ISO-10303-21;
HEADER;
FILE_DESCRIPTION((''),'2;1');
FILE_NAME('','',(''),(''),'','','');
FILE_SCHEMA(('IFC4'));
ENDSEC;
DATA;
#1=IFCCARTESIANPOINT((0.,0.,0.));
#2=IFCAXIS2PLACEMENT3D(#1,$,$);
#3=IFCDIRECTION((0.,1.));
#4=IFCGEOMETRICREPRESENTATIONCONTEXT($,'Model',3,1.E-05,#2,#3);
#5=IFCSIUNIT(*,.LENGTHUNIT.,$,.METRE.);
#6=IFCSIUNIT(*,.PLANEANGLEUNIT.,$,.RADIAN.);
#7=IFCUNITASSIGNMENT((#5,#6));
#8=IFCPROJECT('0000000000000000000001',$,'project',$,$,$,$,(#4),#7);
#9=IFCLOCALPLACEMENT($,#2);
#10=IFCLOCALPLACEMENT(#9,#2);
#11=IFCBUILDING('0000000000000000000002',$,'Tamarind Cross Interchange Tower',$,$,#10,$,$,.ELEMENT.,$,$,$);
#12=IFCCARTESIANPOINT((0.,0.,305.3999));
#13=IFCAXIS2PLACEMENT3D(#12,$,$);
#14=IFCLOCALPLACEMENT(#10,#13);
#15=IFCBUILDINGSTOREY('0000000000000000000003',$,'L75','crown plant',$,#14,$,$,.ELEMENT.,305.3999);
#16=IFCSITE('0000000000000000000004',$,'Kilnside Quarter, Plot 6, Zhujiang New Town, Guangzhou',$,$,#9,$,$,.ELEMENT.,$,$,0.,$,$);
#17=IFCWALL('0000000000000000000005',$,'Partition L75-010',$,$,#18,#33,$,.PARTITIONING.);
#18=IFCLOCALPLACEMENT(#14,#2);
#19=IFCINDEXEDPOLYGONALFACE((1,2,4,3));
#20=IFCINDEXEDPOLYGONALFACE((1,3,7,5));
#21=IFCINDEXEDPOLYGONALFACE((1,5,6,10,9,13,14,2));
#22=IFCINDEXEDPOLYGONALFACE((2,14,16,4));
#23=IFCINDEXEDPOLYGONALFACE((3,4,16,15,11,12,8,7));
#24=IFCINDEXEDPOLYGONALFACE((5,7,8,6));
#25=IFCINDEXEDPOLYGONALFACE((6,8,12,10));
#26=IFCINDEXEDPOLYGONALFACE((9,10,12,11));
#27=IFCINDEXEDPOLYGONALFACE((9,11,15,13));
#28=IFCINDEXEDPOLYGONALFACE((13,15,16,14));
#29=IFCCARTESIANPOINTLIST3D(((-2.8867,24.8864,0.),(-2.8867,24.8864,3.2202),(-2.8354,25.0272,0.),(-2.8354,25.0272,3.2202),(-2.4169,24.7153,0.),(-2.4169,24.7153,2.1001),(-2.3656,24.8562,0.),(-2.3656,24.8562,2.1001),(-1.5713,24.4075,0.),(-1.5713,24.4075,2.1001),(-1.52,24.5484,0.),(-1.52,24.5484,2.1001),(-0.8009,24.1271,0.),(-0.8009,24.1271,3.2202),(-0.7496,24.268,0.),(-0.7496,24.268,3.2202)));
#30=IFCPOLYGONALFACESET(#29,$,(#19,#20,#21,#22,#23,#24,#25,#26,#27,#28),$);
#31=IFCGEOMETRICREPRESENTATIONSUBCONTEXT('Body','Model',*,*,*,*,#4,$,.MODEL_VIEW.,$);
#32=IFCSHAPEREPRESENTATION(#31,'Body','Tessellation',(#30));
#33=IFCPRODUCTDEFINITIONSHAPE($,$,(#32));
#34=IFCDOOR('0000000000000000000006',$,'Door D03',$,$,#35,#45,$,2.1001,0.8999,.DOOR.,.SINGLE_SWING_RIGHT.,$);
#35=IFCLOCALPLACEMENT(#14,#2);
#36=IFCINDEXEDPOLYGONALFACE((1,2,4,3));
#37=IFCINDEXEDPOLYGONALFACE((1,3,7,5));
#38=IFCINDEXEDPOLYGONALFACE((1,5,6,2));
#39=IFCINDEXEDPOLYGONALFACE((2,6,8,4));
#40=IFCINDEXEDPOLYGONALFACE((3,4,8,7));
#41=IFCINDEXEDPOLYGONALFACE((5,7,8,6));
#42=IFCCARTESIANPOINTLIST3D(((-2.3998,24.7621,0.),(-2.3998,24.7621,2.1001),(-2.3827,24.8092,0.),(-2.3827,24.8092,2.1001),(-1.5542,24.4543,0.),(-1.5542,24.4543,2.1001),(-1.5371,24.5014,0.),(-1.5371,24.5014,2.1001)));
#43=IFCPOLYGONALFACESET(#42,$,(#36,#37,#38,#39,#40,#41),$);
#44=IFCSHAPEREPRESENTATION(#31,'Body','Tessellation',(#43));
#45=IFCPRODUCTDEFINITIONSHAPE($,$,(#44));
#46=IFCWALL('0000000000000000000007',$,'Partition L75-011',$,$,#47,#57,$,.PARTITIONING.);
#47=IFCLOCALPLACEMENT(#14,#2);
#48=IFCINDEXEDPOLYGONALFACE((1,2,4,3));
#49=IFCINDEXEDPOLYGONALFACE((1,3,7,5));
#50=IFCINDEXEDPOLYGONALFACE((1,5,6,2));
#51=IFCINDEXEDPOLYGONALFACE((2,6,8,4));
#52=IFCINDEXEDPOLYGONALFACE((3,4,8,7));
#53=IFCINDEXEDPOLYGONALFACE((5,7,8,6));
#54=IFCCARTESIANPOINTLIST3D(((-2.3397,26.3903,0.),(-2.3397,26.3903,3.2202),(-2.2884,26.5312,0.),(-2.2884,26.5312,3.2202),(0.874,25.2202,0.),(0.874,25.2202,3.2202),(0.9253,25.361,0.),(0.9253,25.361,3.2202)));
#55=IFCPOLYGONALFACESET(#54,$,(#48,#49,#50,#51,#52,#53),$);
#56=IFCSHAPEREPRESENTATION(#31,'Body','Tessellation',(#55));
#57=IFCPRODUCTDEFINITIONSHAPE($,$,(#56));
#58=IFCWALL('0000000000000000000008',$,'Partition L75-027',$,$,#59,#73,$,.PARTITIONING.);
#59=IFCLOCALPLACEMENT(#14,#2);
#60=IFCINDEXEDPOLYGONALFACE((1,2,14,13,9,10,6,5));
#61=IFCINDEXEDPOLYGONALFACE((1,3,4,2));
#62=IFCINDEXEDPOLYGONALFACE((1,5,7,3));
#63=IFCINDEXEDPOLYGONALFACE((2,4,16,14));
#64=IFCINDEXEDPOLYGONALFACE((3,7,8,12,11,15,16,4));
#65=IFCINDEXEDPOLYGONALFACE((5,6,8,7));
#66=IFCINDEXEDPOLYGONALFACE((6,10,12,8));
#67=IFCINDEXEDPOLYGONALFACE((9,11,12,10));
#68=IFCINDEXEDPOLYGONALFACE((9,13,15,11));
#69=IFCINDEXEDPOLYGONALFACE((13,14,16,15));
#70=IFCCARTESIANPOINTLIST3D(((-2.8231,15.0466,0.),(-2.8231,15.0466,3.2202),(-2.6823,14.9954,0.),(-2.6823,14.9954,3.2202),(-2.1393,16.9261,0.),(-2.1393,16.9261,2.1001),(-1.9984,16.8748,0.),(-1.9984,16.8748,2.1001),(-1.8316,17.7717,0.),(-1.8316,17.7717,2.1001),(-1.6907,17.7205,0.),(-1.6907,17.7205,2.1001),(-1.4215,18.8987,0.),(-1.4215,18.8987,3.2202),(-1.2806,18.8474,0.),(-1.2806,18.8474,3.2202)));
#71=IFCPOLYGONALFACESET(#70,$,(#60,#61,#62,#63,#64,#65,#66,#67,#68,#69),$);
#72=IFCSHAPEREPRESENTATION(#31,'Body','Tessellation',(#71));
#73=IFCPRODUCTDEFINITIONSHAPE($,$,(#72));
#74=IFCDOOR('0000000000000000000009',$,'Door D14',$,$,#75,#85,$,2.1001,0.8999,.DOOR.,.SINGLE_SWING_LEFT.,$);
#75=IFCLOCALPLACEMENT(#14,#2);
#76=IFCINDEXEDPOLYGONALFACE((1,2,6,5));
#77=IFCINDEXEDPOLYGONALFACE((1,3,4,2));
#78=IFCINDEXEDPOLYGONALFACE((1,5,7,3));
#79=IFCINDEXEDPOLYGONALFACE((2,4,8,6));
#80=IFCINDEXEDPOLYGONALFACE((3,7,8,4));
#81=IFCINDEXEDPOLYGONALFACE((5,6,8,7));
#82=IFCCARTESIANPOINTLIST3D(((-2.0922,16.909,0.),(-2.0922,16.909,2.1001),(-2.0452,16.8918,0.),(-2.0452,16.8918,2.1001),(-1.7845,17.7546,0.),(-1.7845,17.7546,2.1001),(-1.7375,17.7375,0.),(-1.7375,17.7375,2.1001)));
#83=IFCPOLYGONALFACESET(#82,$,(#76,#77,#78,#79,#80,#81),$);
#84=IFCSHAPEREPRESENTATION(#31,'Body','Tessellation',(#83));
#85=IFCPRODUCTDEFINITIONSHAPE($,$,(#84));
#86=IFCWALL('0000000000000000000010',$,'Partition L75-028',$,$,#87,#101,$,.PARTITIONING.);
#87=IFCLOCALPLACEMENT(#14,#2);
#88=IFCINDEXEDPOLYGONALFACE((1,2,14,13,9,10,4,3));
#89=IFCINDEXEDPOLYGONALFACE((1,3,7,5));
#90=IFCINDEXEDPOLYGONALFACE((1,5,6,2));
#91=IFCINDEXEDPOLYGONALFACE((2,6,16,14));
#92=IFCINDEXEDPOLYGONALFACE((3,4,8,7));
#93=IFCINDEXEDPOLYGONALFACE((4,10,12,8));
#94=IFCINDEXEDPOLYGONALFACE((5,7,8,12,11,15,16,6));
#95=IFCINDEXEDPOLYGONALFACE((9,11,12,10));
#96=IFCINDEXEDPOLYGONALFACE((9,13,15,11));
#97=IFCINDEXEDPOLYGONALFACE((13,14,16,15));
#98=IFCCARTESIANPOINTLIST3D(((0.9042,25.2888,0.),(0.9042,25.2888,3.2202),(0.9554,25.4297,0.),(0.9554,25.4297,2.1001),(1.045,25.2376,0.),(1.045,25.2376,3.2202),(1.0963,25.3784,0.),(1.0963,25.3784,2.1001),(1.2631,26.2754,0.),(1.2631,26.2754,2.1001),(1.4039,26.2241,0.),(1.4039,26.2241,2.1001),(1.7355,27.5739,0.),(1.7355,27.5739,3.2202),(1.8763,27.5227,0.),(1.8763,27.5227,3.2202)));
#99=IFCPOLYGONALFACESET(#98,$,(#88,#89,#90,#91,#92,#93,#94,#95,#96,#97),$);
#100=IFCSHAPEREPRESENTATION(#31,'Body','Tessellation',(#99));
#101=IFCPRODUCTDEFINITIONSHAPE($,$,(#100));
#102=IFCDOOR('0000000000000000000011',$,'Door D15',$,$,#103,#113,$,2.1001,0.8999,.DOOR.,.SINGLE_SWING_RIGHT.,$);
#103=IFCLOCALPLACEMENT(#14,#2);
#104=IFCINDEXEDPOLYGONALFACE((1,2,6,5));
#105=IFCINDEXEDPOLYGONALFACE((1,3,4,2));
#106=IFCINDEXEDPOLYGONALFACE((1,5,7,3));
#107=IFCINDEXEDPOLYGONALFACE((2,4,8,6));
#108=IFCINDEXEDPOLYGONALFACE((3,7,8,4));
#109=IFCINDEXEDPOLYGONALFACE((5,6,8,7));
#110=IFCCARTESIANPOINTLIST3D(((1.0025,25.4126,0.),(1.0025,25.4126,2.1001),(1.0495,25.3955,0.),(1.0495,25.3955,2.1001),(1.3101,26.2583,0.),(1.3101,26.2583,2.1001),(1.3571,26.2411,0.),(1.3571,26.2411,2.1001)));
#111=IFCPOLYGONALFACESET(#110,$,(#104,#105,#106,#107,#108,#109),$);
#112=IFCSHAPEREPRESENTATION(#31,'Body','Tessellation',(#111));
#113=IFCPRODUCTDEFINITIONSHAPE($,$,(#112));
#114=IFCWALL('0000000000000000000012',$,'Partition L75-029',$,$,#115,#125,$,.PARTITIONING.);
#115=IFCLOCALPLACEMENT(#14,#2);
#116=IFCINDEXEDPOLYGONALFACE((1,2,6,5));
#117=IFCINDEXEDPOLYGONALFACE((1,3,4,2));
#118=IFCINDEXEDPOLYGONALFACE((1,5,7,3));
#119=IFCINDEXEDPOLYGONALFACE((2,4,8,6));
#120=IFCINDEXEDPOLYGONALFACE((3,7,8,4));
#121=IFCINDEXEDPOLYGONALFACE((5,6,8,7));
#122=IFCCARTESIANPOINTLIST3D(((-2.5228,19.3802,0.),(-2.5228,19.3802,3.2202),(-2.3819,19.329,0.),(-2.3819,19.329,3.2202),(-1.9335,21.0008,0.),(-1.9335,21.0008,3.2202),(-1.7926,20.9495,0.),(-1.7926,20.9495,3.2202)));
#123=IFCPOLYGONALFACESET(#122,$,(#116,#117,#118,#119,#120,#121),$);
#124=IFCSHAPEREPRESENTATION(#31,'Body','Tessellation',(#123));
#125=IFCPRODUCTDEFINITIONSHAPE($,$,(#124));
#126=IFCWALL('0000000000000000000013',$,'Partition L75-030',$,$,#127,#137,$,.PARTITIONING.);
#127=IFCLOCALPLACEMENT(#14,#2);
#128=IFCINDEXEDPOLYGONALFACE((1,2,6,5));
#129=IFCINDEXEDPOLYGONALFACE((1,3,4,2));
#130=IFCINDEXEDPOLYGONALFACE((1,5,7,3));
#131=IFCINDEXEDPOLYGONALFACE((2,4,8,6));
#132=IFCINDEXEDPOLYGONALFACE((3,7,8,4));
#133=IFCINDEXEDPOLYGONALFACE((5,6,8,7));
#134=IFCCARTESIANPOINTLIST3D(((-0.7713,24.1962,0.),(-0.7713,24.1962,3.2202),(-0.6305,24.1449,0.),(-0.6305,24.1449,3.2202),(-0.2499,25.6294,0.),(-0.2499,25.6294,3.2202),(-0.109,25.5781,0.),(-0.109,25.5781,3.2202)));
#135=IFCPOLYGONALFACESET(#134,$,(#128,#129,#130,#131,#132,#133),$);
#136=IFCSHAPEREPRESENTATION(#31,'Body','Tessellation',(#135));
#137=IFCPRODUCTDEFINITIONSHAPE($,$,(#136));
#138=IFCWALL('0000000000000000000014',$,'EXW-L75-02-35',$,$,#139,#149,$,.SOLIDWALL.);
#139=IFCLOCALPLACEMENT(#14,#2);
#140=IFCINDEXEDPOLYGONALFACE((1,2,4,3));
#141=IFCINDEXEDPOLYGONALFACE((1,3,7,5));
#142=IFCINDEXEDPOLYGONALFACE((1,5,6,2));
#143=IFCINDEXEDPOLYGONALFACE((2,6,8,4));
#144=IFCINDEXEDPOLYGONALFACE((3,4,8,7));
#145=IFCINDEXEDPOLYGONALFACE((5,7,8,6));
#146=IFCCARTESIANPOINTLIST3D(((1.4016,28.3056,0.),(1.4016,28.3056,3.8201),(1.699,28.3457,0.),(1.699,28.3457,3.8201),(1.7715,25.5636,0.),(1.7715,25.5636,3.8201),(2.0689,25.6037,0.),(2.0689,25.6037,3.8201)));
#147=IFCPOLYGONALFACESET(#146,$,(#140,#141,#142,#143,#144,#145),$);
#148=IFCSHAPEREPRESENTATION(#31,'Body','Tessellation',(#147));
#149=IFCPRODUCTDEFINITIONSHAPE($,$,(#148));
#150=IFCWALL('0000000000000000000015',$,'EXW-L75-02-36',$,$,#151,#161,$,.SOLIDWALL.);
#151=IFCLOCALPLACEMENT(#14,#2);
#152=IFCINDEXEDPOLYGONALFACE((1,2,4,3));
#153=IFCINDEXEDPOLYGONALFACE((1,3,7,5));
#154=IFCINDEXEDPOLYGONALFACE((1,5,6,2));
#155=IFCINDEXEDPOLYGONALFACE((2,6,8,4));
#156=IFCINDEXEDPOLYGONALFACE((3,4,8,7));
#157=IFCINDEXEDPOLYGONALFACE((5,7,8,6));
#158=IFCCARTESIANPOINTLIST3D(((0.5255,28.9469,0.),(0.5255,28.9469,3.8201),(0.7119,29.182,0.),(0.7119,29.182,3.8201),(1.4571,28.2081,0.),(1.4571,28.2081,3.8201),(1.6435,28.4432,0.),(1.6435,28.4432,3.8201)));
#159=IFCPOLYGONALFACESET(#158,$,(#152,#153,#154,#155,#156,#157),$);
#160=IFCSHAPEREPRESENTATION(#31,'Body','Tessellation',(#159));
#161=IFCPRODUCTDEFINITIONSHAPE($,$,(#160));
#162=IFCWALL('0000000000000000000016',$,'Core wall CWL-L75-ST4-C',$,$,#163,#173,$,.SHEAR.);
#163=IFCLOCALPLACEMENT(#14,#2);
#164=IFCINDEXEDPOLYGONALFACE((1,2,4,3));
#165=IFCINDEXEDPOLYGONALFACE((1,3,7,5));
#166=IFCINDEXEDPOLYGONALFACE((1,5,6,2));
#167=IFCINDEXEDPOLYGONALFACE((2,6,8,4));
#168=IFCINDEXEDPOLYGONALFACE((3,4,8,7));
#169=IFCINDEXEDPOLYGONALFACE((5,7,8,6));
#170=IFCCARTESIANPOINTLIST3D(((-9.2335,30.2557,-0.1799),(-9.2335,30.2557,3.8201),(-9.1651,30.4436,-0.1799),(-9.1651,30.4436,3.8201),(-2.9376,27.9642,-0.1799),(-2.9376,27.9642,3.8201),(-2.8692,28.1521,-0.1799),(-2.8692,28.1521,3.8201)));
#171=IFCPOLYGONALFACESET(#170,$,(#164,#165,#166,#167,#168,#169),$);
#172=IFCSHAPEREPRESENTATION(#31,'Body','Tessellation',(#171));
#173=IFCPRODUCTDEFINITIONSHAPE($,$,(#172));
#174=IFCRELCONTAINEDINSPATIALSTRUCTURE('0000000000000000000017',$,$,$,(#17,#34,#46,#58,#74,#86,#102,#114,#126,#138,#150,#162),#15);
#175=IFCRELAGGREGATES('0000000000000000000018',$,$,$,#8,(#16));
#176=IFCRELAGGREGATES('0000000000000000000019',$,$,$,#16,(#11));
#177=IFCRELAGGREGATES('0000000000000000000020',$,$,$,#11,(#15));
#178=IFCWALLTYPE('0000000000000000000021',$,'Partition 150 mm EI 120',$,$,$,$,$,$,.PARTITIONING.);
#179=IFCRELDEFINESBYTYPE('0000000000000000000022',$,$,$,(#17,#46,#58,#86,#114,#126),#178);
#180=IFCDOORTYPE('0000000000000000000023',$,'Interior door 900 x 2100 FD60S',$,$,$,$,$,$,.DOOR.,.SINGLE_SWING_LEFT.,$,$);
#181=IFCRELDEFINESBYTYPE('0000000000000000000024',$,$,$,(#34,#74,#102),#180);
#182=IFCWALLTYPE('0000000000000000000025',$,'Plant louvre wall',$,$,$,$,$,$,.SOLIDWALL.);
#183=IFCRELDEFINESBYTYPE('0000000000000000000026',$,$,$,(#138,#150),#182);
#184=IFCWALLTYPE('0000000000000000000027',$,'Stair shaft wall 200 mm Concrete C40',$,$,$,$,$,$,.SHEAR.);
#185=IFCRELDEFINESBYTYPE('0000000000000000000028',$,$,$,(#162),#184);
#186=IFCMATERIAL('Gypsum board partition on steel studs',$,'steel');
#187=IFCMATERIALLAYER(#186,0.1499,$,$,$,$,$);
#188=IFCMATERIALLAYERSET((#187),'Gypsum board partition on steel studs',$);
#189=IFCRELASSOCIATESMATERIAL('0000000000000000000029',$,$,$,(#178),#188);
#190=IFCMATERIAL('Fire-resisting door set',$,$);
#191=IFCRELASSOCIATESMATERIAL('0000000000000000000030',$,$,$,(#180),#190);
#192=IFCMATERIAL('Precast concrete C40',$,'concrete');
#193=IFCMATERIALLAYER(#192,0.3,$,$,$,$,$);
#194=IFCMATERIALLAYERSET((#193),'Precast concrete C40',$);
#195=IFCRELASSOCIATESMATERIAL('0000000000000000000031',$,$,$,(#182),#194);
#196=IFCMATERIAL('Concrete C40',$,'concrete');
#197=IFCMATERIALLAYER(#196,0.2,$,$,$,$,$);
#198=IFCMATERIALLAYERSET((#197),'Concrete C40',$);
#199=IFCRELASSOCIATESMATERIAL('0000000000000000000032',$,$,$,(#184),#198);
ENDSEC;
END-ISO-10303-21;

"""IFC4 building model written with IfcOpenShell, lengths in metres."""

from ifc_helpers import new_model, si_unit, direction, frame, frame_2d, origin, place, context, subcontext, project, spatial, rectangle, extrude, material, layer, layer_set, type_object, element, fill, save


model = new_model("IFC4")

# Units and contexts
model_context = context("Model", 3, precision=1e-05, world=origin(), true_north=direction((0.0, 1.0)))
body_context = subcontext(model_context, "Body", "Model", "MODEL_VIEW")
ifc_project = project(units=[si_unit("LENGTHUNIT", "METRE"), si_unit("PLANEANGLEUNIT", "RADIAN")], contexts=[model_context])

# Site, building, storey
site_placement = place(None, origin())
site = spatial("IfcSite", under=ifc_project, at=site_placement, Name="Kilnside Quarter, Plot 6, Zhujiang New Town, Guangzhou", CompositionType="ELEMENT", RefElevation=0.0)
building_placement = place(site_placement, origin())
building = spatial("IfcBuilding", under=site, at=building_placement, Name="Tamarind Cross Interchange Tower", CompositionType="ELEMENT")
storey_placement = place(building_placement, frame((0.0, 0.0, 305.3999)))
storey = spatial("IfcBuildingStorey", under=building, at=storey_placement, Name="L75", Description="crown plant", CompositionType="ELEMENT", Elevation=305.3999)

# Wall, opening, door
ifc_material_1 = material(Name="Gypsum board partition on steel studs", Category="steel")
ifc_layer_1 = layer(ifc_material_1, 0.1499)
ifc_layer_set_1 = layer_set([ifc_layer_1], Name="Gypsum board partition on steel studs")
wall_type_1 = type_object("IfcWallType", Name="Partition 150 mm EI 120", PredefinedType="PARTITIONING", material=ifc_layer_set_1)
wall_1_placement = place(storey_placement, frame((-2.8611, 24.9568, 0.0), z_axis=(0.0, 0.0, 1.0), x_axis=(0.939684, -0.342043, 0.0)))
wall_1 = element("IfcWall", 1, at=wall_1_placement, inside=storey, type_object=wall_type_1, Name="Partition L75-010", PredefinedType="PARTITIONING", context=body_context, shape_type="SweptSolid", body=[
    extrude(rectangle(XDim=2.2197, YDim=0.1499, at=frame_2d((1.1099, 0.0))), origin(), (0.0, 0.0, 1.0), 3.2202),
])
opening_1_placement = place(wall_1_placement, frame((0.5, 0.0, 0.0)))
opening_1 = element("IfcOpeningElement", 2, at=opening_1_placement, cuts=wall_1, PredefinedType="OPENING", context=body_context, shape_type="SweptSolid", body=[
    extrude(rectangle(XDim=0.8999, YDim=2.1001, at=frame_2d((0.45, 1.05))), frame((0.0, 0.085, 0.0), z_axis=(0.0, -1.0, 0.0), x_axis=(1.0, 0.0, 0.0)), (0.0, 0.0, 1.0), 0.1699),
])
ifc_material_2 = material(Name="Fire-resisting door set")
door_type = type_object("IfcDoorType", Name="Interior door 900 x 2100 FD60S", OperationType="SINGLE_SWING_LEFT", PredefinedType="DOOR", material=ifc_material_2)
door_1_placement = place(opening_1_placement, origin())
door_1 = element("IfcDoor", 3, at=door_1_placement, inside=storey, type_object=door_type, Name="Door D03", OperationType="SINGLE_SWING_RIGHT", OverallHeight=2.1001, OverallWidth=0.8999, PredefinedType="DOOR", context=body_context, shape_type="SweptSolid", body=[
    extrude(rectangle(XDim=0.8999, YDim=2.1001, at=frame_2d((0.45, 1.05))), frame((0.0, 0.0249, 0.0), z_axis=(0.0, -1.0, 0.0), x_axis=(1.0, 0.0, 0.0)), (0.0, 0.0, 1.0), 0.05),
])
fill(opening_1, door_1)

# Wall
wall_2_placement = place(storey_placement, frame((-2.314, 26.4607, 0.0), z_axis=(0.0, 0.0, 1.0), x_axis=(0.939654, -0.342127, 0.0)))
element("IfcWall", 4, at=wall_2_placement, inside=storey, type_object=wall_type_1, Name="Partition L75-011", PredefinedType="PARTITIONING", context=body_context, shape_type="SweptSolid", body=[
    extrude(rectangle(XDim=3.4202, YDim=0.1499, at=frame_2d((1.71, 0.0))), origin(), (0.0, 0.0, 1.0), 3.2202),
])

# Walls, openings, doors
wall_3_placement = place(storey_placement, frame((-2.7527, 15.021, 0.0), z_axis=(0.0, 0.0, 1.0), x_axis=(0.34193, 0.939726, 0.0)))
wall_3 = element("IfcWall", 5, at=wall_3_placement, inside=storey, type_object=wall_type_1, Name="Partition L75-027", PredefinedType="PARTITIONING", context=body_context, shape_type="SweptSolid", body=[
    extrude(rectangle(XDim=4.0991, YDim=0.1499, at=frame_2d((2.0496, 0.0))), origin(), (0.0, 0.0, 1.0), 3.2202),
])
opening_2_placement = place(wall_3_placement, frame((2.0, 0.0, 0.0)))
opening_2 = element("IfcOpeningElement", 6, at=opening_2_placement, cuts=wall_3, PredefinedType="OPENING", context=body_context, shape_type="SweptSolid", body=[
    extrude(rectangle(XDim=0.8999, YDim=2.1001, at=frame_2d((0.45, 1.05))), frame((0.0, 0.085, 0.0), z_axis=(0.0, -1.0, 0.0), x_axis=(1.0, 0.0, 0.0)), (0.0, 0.0, 1.0), 0.1699),
])
door_2_placement = place(opening_2_placement, origin())
door_2 = element("IfcDoor", 7, at=door_2_placement, inside=storey, type_object=door_type, Name="Door D14", OperationType="SINGLE_SWING_LEFT", OverallHeight=2.1001, OverallWidth=0.8999, PredefinedType="DOOR", context=body_context, shape_type="SweptSolid", body=[
    extrude(rectangle(XDim=0.8999, YDim=2.1001, at=frame_2d((0.45, 1.05))), frame((0.0, 0.0249, 0.0), z_axis=(0.0, -1.0, 0.0), x_axis=(1.0, 0.0, 0.0)), (0.0, 0.0, 1.0), 0.05),
])
fill(opening_2, door_2)
wall_4_placement = place(storey_placement, frame((0.9746, 25.2632, 0.0), z_axis=(0.0, 0.0, 1.0), x_axis=(0.341864, 0.939749, 0.0)))
wall_4 = element("IfcWall", 8, at=wall_4_placement, inside=storey, type_object=wall_type_1, Name="Partition L75-028", PredefinedType="PARTITIONING", context=body_context, shape_type="SweptSolid", body=[
    extrude(rectangle(XDim=2.4316, YDim=0.1499, at=frame_2d((1.2158, 0.0))), origin(), (0.0, 0.0, 1.0), 3.2202),
])
opening_3_placement = place(wall_4_placement, frame((0.1499, 0.0, 0.0)))
opening_3 = element("IfcOpeningElement", 9, at=opening_3_placement, cuts=wall_4, PredefinedType="OPENING", context=body_context, shape_type="SweptSolid", body=[
    extrude(rectangle(XDim=0.8999, YDim=2.1001, at=frame_2d((0.45, 1.05))), frame((0.0, 0.085, 0.0), z_axis=(0.0, -1.0, 0.0), x_axis=(1.0, 0.0, 0.0)), (0.0, 0.0, 1.0), 0.1699),
])
door_3_placement = place(opening_3_placement, origin())
door_3 = element("IfcDoor", 10, at=door_3_placement, inside=storey, type_object=door_type, Name="Door D15", OperationType="SINGLE_SWING_RIGHT", OverallHeight=2.1001, OverallWidth=0.8999, PredefinedType="DOOR", context=body_context, shape_type="SweptSolid", body=[
    extrude(rectangle(XDim=0.8999, YDim=2.1001, at=frame_2d((0.45, 1.05))), frame((0.0, 0.0249, 0.0), z_axis=(0.0, -1.0, 0.0), x_axis=(1.0, 0.0, 0.0)), (0.0, 0.0, 1.0), 0.05),
])
fill(opening_3, door_3)

# Walls
wall_5_placement = place(storey_placement, frame((-2.4524, 19.3545, 0.0), z_axis=(0.0, 0.0, 1.0), x_axis=(0.341766, 0.939785, 0.0)))
element("IfcWall", 11, at=wall_5_placement, inside=storey, type_object=wall_type_1, Name="Partition L75-029", PredefinedType="PARTITIONING", context=body_context, shape_type="SweptSolid", body=[
    extrude(rectangle(XDim=1.7244, YDim=0.1499, at=frame_2d((0.8623, 0.0))), origin(), (0.0, 0.0, 1.0), 3.2202),
])
wall_6_placement = place(storey_placement, frame((-0.7009, 24.1704, 0.0), z_axis=(0.0, 0.0, 1.0), x_axis=(0.341897, 0.939737, 0.0)))
element("IfcWall", 12, at=wall_6_placement, inside=storey, type_object=wall_type_1, Name="Partition L75-030", PredefinedType="PARTITIONING", context=body_context, shape_type="SweptSolid", body=[
    extrude(rectangle(XDim=1.5251, YDim=0.1499, at=frame_2d((0.7627, 0.0))), origin(), (0.0, 0.0, 1.0), 3.2202),
])

# Shared definitions
ifc_material_3 = material(Name="Precast concrete C40", Category="concrete")
ifc_layer_2 = layer(ifc_material_3, 0.3)
ifc_layer_set_2 = layer_set([ifc_layer_2], Name="Precast concrete C40")
wall_type_2 = type_object("IfcWallType", Name="Plant louvre wall", PredefinedType="SOLIDWALL", material=ifc_layer_set_2)

# Walls
wall_7_placement = place(storey_placement, frame((1.9202, 25.5837, 0.0), z_axis=(0.0, 0.0, 1.0), x_axis=(-0.133684, 0.991024, 0.0)))
element("IfcWall", 13, at=wall_7_placement, inside=storey, type_object=wall_type_2, Name="EXW-L75-02-35", PredefinedType="SOLIDWALL", context=body_context, shape_type="SweptSolid", body=[
    extrude(rectangle(XDim=2.7668, YDim=0.3, at=frame_2d((1.3833, 0.0))), origin(), (0.0, 0.0, 1.0), 3.8201),
])
wall_8_placement = place(storey_placement, frame((1.5503, 28.3257, 0.0), z_axis=(0.0, 0.0, 1.0), x_axis=(-0.783546, 0.621334, 0.0)))
element("IfcWall", 14, at=wall_8_placement, inside=storey, type_object=wall_type_2, Name="EXW-L75-02-36", PredefinedType="SOLIDWALL", context=body_context, shape_type="SweptSolid", body=[
    extrude(rectangle(XDim=1.189, YDim=0.3, at=frame_2d((0.5945, 0.0))), origin(), (0.0, 0.0, 1.0), 3.8201),
])
ifc_material_4 = material(Name="Concrete C40", Category="concrete")
ifc_layer_3 = layer(ifc_material_4, 0.2)
ifc_layer_set_3 = layer_set([ifc_layer_3], Name="Concrete C40")
wall_type_3 = type_object("IfcWallType", Name="Stair shaft wall 200 mm Concrete C40", PredefinedType="SHEAR", material=ifc_layer_set_3)
wall_9_placement = place(storey_placement, frame((-2.9033, 28.0581, -0.1799), z_axis=(0.0, 0.0, 1.0), x_axis=(-0.939693, 0.342018, 0.0)))
element("IfcWall", 15, at=wall_9_placement, inside=storey, type_object=wall_type_3, Name="Core wall CWL-L75-ST4-C", PredefinedType="SHEAR", context=body_context, shape_type="SweptSolid", body=[
    extrude(rectangle(XDim=6.7, YDim=0.2, at=frame_2d((3.3501, 0.0))), origin(), (0.0, 0.0, 1.0), 4.0),
])

save(model, "model.ifc")
